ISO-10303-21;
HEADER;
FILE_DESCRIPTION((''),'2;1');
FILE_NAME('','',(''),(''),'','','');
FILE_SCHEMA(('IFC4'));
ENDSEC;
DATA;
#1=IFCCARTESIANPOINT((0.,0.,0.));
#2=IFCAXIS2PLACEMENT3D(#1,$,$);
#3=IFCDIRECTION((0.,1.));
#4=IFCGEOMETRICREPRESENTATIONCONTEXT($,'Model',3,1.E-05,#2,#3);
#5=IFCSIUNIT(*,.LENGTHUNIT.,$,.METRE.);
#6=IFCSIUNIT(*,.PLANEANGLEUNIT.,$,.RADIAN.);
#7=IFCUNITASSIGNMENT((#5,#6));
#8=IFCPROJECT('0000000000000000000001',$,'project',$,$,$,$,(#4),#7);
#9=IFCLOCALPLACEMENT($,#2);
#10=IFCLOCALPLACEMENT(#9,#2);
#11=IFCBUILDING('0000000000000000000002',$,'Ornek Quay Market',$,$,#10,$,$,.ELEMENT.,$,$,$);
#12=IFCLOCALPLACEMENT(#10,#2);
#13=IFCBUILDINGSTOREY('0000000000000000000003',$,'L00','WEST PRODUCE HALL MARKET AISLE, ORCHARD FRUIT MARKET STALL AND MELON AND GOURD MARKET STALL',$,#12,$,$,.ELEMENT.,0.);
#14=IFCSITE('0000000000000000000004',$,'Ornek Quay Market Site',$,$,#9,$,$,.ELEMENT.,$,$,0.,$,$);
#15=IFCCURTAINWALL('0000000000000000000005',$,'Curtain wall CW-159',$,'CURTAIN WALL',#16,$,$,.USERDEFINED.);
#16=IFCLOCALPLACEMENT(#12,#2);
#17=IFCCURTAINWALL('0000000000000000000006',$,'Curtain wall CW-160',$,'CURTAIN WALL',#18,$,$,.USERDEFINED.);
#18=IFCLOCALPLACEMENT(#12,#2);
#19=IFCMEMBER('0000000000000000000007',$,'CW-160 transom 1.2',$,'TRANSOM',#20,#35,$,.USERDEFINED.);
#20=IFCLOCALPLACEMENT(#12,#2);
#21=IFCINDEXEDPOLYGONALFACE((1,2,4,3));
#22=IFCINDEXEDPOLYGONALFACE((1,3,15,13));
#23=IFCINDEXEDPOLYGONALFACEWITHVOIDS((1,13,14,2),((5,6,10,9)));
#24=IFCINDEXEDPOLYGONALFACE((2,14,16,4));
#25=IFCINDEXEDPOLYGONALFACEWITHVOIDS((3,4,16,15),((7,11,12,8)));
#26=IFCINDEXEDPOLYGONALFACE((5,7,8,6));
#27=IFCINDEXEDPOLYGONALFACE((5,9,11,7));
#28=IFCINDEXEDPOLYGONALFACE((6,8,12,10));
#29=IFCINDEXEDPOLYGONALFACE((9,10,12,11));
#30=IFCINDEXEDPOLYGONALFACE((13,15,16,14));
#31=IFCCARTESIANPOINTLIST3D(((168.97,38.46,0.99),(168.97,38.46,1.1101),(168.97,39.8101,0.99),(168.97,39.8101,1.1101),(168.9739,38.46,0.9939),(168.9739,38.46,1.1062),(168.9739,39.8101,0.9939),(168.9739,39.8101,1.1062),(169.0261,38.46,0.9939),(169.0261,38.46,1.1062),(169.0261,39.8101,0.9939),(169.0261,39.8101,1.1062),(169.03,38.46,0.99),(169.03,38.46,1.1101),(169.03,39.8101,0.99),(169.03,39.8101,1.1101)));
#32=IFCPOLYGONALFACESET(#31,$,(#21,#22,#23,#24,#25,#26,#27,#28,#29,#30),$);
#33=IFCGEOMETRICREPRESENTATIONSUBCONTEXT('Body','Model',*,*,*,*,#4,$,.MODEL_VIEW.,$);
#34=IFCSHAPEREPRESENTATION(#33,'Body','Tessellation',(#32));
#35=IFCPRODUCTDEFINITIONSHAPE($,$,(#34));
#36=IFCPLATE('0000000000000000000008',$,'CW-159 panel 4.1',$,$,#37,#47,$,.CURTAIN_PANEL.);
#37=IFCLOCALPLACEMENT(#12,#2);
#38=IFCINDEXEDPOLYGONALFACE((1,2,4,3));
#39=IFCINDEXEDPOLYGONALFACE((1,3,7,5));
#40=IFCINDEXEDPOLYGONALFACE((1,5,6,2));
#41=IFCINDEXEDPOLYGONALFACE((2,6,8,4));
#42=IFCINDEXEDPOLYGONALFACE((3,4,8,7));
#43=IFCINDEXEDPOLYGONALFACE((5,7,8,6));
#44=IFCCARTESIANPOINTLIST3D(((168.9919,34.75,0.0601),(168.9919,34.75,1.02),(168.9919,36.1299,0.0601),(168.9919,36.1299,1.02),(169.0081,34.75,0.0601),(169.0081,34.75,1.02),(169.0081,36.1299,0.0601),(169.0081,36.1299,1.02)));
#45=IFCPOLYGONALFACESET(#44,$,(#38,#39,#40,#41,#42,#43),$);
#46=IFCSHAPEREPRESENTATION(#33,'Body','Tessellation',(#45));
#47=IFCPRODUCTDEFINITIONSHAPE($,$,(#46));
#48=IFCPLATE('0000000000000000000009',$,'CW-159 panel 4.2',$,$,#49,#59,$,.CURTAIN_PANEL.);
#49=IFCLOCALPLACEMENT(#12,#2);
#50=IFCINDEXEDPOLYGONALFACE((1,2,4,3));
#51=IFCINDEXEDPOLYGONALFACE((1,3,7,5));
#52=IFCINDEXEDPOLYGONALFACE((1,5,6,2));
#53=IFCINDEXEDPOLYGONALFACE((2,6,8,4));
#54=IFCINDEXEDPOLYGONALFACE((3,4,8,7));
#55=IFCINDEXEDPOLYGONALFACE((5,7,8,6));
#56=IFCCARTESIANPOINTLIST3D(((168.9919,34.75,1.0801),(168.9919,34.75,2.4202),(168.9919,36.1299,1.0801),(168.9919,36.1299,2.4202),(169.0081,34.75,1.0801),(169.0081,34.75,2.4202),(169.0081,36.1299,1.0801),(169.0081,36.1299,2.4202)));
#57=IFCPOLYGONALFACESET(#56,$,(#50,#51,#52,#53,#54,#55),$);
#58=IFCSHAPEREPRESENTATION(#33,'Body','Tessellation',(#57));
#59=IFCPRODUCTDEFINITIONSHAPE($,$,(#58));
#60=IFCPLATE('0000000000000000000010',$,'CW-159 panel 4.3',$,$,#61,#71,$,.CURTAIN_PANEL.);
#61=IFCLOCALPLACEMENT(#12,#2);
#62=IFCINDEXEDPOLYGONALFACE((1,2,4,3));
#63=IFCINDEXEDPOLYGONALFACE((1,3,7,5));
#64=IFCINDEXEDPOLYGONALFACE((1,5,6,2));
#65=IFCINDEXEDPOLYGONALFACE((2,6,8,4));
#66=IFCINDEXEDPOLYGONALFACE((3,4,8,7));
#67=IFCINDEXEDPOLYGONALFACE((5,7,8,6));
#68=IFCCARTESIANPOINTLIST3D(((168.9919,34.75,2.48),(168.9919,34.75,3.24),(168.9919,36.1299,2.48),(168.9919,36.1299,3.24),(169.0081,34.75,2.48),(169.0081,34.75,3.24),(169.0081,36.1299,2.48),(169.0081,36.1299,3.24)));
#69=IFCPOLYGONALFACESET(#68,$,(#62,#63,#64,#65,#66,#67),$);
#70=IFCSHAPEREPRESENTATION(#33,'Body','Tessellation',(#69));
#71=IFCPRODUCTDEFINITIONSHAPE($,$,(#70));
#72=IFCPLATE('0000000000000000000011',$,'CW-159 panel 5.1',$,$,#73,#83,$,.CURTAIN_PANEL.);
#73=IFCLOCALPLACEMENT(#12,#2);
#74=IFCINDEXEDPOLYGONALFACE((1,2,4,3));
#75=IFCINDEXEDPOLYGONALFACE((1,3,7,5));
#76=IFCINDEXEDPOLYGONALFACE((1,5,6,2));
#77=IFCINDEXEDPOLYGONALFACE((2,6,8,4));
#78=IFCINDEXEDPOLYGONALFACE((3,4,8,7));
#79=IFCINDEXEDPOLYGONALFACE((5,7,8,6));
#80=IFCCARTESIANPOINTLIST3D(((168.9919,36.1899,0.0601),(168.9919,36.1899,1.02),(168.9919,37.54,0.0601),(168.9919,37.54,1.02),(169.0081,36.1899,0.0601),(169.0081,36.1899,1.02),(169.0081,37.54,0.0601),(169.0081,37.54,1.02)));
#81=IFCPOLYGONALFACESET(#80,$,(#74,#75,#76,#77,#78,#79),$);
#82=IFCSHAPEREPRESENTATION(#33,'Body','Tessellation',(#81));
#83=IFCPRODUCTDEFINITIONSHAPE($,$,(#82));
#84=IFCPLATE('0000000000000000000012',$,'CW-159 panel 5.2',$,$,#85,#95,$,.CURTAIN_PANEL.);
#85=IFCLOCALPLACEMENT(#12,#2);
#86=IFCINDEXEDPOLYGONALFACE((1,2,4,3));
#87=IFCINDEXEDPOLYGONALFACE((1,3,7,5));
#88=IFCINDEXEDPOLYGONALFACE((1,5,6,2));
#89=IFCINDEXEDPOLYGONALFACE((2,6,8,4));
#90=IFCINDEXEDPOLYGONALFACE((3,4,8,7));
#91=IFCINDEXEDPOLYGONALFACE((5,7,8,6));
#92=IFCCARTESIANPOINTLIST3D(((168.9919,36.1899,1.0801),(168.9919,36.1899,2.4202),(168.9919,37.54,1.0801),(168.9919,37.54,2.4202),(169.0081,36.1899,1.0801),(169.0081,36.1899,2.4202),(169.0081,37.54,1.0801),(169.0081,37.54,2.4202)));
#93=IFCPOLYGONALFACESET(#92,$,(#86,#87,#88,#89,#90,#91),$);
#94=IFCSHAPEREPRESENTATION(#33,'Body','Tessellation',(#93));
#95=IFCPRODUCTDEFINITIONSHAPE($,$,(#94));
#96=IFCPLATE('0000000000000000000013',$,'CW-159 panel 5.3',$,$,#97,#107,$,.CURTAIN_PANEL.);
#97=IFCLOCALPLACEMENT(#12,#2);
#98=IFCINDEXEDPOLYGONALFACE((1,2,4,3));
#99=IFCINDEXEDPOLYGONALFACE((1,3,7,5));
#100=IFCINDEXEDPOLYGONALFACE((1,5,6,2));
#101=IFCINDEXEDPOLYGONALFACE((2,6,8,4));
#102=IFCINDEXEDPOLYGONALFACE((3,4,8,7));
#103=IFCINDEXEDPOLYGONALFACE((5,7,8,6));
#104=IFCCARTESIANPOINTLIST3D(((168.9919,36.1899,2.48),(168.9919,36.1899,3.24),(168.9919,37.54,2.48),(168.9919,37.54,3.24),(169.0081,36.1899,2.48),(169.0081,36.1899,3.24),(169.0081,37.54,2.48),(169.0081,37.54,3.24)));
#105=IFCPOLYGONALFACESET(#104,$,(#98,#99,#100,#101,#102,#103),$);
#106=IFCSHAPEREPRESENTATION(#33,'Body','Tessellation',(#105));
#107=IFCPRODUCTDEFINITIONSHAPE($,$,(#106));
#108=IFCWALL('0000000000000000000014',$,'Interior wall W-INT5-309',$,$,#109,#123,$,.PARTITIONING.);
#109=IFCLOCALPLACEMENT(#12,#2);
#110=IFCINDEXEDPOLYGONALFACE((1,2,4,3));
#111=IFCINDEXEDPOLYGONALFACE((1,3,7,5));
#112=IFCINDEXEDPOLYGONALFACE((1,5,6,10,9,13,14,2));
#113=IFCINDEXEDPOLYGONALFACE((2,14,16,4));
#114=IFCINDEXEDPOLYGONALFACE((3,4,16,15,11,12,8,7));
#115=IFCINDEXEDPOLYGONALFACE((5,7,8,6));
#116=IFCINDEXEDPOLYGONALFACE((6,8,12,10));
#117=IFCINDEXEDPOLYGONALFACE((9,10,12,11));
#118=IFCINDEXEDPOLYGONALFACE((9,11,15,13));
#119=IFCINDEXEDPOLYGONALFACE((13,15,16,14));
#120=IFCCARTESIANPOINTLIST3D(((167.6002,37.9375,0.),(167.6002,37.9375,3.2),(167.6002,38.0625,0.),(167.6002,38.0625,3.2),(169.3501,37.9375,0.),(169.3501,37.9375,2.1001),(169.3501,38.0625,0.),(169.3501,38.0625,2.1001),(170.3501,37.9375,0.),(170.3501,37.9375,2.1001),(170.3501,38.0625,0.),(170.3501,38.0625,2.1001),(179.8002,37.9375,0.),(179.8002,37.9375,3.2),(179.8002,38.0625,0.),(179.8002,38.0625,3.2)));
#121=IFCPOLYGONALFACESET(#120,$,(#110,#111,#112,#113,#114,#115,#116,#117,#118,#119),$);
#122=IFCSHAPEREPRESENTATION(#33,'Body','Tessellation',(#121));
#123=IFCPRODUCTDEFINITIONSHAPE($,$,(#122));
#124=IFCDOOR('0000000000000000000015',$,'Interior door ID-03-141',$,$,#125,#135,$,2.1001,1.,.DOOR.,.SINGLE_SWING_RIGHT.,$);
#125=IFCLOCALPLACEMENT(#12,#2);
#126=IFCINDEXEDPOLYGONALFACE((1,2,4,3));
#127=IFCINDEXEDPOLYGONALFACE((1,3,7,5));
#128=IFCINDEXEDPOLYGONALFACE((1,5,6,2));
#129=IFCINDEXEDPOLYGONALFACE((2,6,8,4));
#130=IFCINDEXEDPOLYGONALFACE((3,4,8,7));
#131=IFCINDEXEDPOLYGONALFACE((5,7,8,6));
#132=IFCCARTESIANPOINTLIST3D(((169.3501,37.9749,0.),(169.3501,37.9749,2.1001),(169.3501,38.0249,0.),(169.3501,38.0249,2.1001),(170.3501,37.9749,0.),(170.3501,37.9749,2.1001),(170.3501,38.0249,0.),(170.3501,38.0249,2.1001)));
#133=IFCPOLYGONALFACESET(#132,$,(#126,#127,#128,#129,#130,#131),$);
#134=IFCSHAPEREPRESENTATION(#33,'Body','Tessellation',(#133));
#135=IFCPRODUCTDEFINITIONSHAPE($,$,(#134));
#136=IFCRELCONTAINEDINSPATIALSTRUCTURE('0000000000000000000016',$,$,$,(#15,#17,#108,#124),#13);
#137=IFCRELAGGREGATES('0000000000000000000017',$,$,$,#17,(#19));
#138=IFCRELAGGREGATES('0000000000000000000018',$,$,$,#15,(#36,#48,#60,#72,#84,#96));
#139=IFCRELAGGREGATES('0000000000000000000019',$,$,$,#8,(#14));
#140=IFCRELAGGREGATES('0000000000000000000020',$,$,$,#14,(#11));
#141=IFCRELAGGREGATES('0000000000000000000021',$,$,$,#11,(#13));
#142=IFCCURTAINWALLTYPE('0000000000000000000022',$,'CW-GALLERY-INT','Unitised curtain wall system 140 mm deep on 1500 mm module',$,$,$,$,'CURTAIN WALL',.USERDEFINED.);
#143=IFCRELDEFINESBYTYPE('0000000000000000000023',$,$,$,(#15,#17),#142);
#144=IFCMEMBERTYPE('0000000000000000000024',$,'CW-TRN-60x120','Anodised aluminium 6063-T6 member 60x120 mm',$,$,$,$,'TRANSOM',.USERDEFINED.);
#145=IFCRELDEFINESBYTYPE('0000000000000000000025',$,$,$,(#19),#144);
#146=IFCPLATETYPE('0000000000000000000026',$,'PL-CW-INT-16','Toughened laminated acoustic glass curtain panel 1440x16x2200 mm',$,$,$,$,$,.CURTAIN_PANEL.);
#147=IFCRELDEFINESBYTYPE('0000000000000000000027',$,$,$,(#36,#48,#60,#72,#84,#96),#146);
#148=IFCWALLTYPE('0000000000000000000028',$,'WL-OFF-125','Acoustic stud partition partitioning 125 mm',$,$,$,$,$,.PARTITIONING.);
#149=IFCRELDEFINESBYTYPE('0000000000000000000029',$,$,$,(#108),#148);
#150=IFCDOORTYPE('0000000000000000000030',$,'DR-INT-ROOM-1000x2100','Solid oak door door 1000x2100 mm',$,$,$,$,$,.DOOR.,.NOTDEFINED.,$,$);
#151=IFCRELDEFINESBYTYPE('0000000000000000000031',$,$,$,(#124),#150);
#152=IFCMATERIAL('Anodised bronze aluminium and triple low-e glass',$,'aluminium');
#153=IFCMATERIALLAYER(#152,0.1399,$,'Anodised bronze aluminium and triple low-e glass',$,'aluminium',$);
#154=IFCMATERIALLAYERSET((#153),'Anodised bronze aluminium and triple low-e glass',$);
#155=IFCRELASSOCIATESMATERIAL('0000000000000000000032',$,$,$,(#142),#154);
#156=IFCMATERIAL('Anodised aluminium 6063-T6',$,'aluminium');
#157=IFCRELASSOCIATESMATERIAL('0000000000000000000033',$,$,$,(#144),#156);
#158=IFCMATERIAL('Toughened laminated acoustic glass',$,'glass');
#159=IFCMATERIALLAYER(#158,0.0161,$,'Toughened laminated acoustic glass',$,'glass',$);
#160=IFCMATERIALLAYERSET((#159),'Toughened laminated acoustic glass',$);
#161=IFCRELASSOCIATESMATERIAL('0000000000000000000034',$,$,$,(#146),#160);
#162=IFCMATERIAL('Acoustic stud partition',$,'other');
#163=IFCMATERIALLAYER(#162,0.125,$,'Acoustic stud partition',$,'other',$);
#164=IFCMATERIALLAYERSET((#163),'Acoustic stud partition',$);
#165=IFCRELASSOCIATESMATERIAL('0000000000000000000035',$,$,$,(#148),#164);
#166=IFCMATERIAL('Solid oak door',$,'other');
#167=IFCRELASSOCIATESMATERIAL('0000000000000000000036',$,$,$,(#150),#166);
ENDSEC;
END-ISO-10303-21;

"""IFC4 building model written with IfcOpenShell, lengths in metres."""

from ifc_helpers import new_model, si_unit, direction, frame, frame_2d, origin, origin_2d, place, context, subcontext, project, spatial, rectangle, hollow_rectangle, extrude, material, layer, layer_set, material_profile, profile_set, type_object, element, fill, aggregate, save


model = new_model("IFC4")

# Units and contexts
model_context = context("Model", 3, precision=1e-05, world=origin(), true_north=direction((0.0, 1.0)))
body_context = subcontext(model_context, "Body", "Model", "MODEL_VIEW")
ifc_project = project(units=[si_unit("LENGTHUNIT", "METRE"), si_unit("PLANEANGLEUNIT", "RADIAN")], contexts=[model_context])

# Site, building, storey
site_placement = place(None, origin())
site = spatial("IfcSite", under=ifc_project, at=site_placement, Name="Ornek Quay Market Site", CompositionType="ELEMENT", RefElevation=0.0)
building_placement = place(site_placement, origin())
building = spatial("IfcBuilding", under=site, at=building_placement, Name="Ornek Quay Market", CompositionType="ELEMENT")
storey_placement = place(building_placement, origin())
storey = spatial("IfcBuildingStorey", under=building, at=storey_placement, Name="L00", Description="WEST PRODUCE HALL MARKET AISLE, ORCHARD FRUIT MARKET STALL AND MELON AND GOURD MARKET STALL", CompositionType="ELEMENT", Elevation=0.0)

# Curtain wall
ifc_material_1 = material(Name="Anodised bronze aluminium and triple low-e glass", Category="aluminium")
ifc_layer_1 = layer(ifc_material_1, 0.1399, Name="Anodised bronze aluminium and triple low-e glass", Category="aluminium")
ifc_layer_set_1 = layer_set([ifc_layer_1], Name="Anodised bronze aluminium and triple low-e glass")
curtain_wall_type = type_object("IfcCurtainWallType", Name="CW-GALLERY-INT", Description="Unitised curtain wall system 140 mm deep on 1500 mm module", ElementType="CURTAIN WALL", PredefinedType="USERDEFINED", material=ifc_layer_set_1)
curtain_wall_1_placement = place(storey_placement, origin())
curtain_wall_1 = element("IfcCurtainWall", 1, at=curtain_wall_1_placement, inside=storey, type_object=curtain_wall_type, Name="Curtain wall CW-159", ObjectType="CURTAIN WALL", PredefinedType="USERDEFINED")
ifc_material_2 = material(Name="Anodised aluminium 6063-T6", Category="aluminium")

# Curtain wall
curtain_wall_2_placement = place(storey_placement, origin())
curtain_wall_2 = element("IfcCurtainWall", 2, at=curtain_wall_2_placement, inside=storey, type_object=curtain_wall_type, Name="Curtain wall CW-160", ObjectType="CURTAIN WALL", PredefinedType="USERDEFINED")

# Member
ifc_material_profile_1 = material_profile(ifc_material_2, hollow_rectangle(XDim=0.0601, YDim=0.1201, WallThickness=0.0039, at=origin_2d()), Name="CW-TRN-60x120", Category="aluminium")
ifc_profile_set_1 = profile_set([ifc_material_profile_1], Name="Anodised aluminium 6063-T6")
member_type_1 = type_object("IfcMemberType", Name="CW-TRN-60x120", Description="Anodised aluminium 6063-T6 member 60x120 mm", ElementType="TRANSOM", PredefinedType="USERDEFINED", material=ifc_profile_set_1)
member_1_placement = place(storey_placement, frame((169.0, 38.46, 1.05), z_axis=(0.0, 1.0, 0.0), x_axis=(-1.0, 0.0, 0.0)))
member_1 = element("IfcMember", 3, at=member_1_placement, type_object=member_type_1, Name="CW-160 transom 1.2", ObjectType="TRANSOM", PredefinedType="USERDEFINED", context=body_context, shape_type="SweptSolid", body=[
    extrude(hollow_rectangle(XDim=0.0601, YDim=0.1201, WallThickness=0.0039, at=origin_2d()), origin(), (0.0, 0.0, 1.0), 1.3501),
])
aggregate(curtain_wall_2, [member_1])

# Plates
ifc_material_3 = material(Name="Toughened laminated acoustic glass", Category="glass")
ifc_layer_2 = layer(ifc_material_3, 0.0161, Name="Toughened laminated acoustic glass", Category="glass")
ifc_layer_set_2 = layer_set([ifc_layer_2], Name="Toughened laminated acoustic glass")
plate_type = type_object("IfcPlateType", Name="PL-CW-INT-16", Description="Toughened laminated acoustic glass curtain panel 1440x16x2200 mm", PredefinedType="CURTAIN_PANEL", material=ifc_layer_set_2)
plate_1_placement = place(storey_placement, frame((169.0, 35.4399, 0.0601), z_axis=(0.0, 0.0, 1.0), x_axis=(0.0, 1.0, 0.0)))
plate_1 = element("IfcPlate", 4, at=plate_1_placement, type_object=plate_type, Name="CW-159 panel 4.1", PredefinedType="CURTAIN_PANEL", context=body_context, shape_type="SweptSolid", body=[
    extrude(rectangle(XDim=1.3799, YDim=0.0161, at=origin_2d()), origin(), (0.0, 0.0, 1.0), 0.96),
])
plate_2_placement = place(storey_placement, frame((169.0, 35.4399, 1.0801), z_axis=(0.0, 0.0, 1.0), x_axis=(0.0, 1.0, 0.0)))
plate_2 = element("IfcPlate", 5, at=plate_2_placement, type_object=plate_type, Name="CW-159 panel 4.2", PredefinedType="CURTAIN_PANEL", context=body_context, shape_type="SweptSolid", body=[
    extrude(rectangle(XDim=1.3799, YDim=0.0161, at=origin_2d()), origin(), (0.0, 0.0, 1.0), 1.3401),
])
plate_3_placement = place(storey_placement, frame((169.0, 35.4399, 2.48), z_axis=(0.0, 0.0, 1.0), x_axis=(0.0, 1.0, 0.0)))
plate_3 = element("IfcPlate", 6, at=plate_3_placement, type_object=plate_type, Name="CW-159 panel 4.3", PredefinedType="CURTAIN_PANEL", context=body_context, shape_type="SweptSolid", body=[
    extrude(rectangle(XDim=1.3799, YDim=0.0161, at=origin_2d()), origin(), (0.0, 0.0, 1.0), 0.76),
])
plate_4_placement = place(storey_placement, frame((169.0, 36.865, 0.0601), z_axis=(0.0, 0.0, 1.0), x_axis=(0.0, 1.0, 0.0)))
plate_4 = element("IfcPlate", 7, at=plate_4_placement, type_object=plate_type, Name="CW-159 panel 5.1", PredefinedType="CURTAIN_PANEL", context=body_context, shape_type="SweptSolid", body=[
    extrude(rectangle(XDim=1.3501, YDim=0.0161, at=origin_2d()), origin(), (0.0, 0.0, 1.0), 0.96),
])
plate_5_placement = place(storey_placement, frame((169.0, 36.865, 1.0801), z_axis=(0.0, 0.0, 1.0), x_axis=(0.0, 1.0, 0.0)))
plate_5 = element("IfcPlate", 8, at=plate_5_placement, type_object=plate_type, Name="CW-159 panel 5.2", PredefinedType="CURTAIN_PANEL", context=body_context, shape_type="SweptSolid", body=[
    extrude(rectangle(XDim=1.3501, YDim=0.0161, at=origin_2d()), origin(), (0.0, 0.0, 1.0), 1.3401),
])
plate_6_placement = place(storey_placement, frame((169.0, 36.865, 2.48), z_axis=(0.0, 0.0, 1.0), x_axis=(0.0, 1.0, 0.0)))
plate_6 = element("IfcPlate", 9, at=plate_6_placement, type_object=plate_type, Name="CW-159 panel 5.3", PredefinedType="CURTAIN_PANEL", context=body_context, shape_type="SweptSolid", body=[
    extrude(rectangle(XDim=1.3501, YDim=0.0161, at=origin_2d()), origin(), (0.0, 0.0, 1.0), 0.76),
])
aggregate(curtain_wall_1, [plate_1, plate_2, plate_3, plate_4, plate_5, plate_6])

# Wall, opening, door
ifc_material_4 = material(Name="Acoustic stud partition", Category="other")
ifc_layer_3 = layer(ifc_material_4, 0.125, Name="Acoustic stud partition", Category="other")
ifc_layer_set_3 = layer_set([ifc_layer_3], Name="Acoustic stud partition")
wall_type = type_object("IfcWallType", Name="WL-OFF-125", Description="Acoustic stud partition partitioning 125 mm", PredefinedType="PARTITIONING", material=ifc_layer_set_3)
wall_placement = place(storey_placement, frame((167.6001, 38.0, 0.0), z_axis=(0.0, 0.0, 1.0), x_axis=(1.0, 0.0, 0.0)))
wall = element("IfcWall", 10, at=wall_placement, inside=storey, type_object=wall_type, Name="Interior wall W-INT5-309", PredefinedType="PARTITIONING", context=body_context, shape_type="SweptSolid", body=[
    extrude(rectangle(XDim=12.2, YDim=0.125, at=frame_2d((6.1001, 0.0))), origin(), (0.0, 0.0, 1.0), 3.2),
])
opening_placement = place(wall_placement, frame((1.75, 0.0, 0.0)))
opening = element("IfcOpeningElement", 11, at=opening_placement, cuts=wall, PredefinedType="OPENING", context=body_context, shape_type="SweptSolid", body=[
    extrude(rectangle(XDim=1.0, YDim=2.1001, at=frame_2d((0.5, 1.05))), frame((0.0, 0.0725, 0.0), z_axis=(0.0, -1.0, 0.0), x_axis=(1.0, 0.0, 0.0)), (0.0, 0.0, 1.0), 0.145),
])
ifc_material_5 = material(Name="Solid oak door", Category="other")
door_type = type_object("IfcDoorType", Name="DR-INT-ROOM-1000x2100", Description="Solid oak door door 1000x2100 mm", OperationType="NOTDEFINED", PredefinedType="DOOR", material=ifc_material_5)
door_placement = place(opening_placement, origin())
door = element("IfcDoor", 12, at=door_placement, inside=storey, type_object=door_type, Name="Interior door ID-03-141", OperationType="SINGLE_SWING_RIGHT", OverallHeight=2.1001, OverallWidth=1.0, PredefinedType="DOOR", context=body_context, shape_type="SweptSolid", body=[
    extrude(rectangle(XDim=1.0, YDim=2.1001, at=frame_2d((0.5, 1.05))), frame((0.0, 0.0249, 0.0), z_axis=(0.0, -1.0, 0.0), x_axis=(1.0, 0.0, 0.0)), (0.0, 0.0, 1.0), 0.05),
])
fill(opening, door)

save(model, "model.ifc")
